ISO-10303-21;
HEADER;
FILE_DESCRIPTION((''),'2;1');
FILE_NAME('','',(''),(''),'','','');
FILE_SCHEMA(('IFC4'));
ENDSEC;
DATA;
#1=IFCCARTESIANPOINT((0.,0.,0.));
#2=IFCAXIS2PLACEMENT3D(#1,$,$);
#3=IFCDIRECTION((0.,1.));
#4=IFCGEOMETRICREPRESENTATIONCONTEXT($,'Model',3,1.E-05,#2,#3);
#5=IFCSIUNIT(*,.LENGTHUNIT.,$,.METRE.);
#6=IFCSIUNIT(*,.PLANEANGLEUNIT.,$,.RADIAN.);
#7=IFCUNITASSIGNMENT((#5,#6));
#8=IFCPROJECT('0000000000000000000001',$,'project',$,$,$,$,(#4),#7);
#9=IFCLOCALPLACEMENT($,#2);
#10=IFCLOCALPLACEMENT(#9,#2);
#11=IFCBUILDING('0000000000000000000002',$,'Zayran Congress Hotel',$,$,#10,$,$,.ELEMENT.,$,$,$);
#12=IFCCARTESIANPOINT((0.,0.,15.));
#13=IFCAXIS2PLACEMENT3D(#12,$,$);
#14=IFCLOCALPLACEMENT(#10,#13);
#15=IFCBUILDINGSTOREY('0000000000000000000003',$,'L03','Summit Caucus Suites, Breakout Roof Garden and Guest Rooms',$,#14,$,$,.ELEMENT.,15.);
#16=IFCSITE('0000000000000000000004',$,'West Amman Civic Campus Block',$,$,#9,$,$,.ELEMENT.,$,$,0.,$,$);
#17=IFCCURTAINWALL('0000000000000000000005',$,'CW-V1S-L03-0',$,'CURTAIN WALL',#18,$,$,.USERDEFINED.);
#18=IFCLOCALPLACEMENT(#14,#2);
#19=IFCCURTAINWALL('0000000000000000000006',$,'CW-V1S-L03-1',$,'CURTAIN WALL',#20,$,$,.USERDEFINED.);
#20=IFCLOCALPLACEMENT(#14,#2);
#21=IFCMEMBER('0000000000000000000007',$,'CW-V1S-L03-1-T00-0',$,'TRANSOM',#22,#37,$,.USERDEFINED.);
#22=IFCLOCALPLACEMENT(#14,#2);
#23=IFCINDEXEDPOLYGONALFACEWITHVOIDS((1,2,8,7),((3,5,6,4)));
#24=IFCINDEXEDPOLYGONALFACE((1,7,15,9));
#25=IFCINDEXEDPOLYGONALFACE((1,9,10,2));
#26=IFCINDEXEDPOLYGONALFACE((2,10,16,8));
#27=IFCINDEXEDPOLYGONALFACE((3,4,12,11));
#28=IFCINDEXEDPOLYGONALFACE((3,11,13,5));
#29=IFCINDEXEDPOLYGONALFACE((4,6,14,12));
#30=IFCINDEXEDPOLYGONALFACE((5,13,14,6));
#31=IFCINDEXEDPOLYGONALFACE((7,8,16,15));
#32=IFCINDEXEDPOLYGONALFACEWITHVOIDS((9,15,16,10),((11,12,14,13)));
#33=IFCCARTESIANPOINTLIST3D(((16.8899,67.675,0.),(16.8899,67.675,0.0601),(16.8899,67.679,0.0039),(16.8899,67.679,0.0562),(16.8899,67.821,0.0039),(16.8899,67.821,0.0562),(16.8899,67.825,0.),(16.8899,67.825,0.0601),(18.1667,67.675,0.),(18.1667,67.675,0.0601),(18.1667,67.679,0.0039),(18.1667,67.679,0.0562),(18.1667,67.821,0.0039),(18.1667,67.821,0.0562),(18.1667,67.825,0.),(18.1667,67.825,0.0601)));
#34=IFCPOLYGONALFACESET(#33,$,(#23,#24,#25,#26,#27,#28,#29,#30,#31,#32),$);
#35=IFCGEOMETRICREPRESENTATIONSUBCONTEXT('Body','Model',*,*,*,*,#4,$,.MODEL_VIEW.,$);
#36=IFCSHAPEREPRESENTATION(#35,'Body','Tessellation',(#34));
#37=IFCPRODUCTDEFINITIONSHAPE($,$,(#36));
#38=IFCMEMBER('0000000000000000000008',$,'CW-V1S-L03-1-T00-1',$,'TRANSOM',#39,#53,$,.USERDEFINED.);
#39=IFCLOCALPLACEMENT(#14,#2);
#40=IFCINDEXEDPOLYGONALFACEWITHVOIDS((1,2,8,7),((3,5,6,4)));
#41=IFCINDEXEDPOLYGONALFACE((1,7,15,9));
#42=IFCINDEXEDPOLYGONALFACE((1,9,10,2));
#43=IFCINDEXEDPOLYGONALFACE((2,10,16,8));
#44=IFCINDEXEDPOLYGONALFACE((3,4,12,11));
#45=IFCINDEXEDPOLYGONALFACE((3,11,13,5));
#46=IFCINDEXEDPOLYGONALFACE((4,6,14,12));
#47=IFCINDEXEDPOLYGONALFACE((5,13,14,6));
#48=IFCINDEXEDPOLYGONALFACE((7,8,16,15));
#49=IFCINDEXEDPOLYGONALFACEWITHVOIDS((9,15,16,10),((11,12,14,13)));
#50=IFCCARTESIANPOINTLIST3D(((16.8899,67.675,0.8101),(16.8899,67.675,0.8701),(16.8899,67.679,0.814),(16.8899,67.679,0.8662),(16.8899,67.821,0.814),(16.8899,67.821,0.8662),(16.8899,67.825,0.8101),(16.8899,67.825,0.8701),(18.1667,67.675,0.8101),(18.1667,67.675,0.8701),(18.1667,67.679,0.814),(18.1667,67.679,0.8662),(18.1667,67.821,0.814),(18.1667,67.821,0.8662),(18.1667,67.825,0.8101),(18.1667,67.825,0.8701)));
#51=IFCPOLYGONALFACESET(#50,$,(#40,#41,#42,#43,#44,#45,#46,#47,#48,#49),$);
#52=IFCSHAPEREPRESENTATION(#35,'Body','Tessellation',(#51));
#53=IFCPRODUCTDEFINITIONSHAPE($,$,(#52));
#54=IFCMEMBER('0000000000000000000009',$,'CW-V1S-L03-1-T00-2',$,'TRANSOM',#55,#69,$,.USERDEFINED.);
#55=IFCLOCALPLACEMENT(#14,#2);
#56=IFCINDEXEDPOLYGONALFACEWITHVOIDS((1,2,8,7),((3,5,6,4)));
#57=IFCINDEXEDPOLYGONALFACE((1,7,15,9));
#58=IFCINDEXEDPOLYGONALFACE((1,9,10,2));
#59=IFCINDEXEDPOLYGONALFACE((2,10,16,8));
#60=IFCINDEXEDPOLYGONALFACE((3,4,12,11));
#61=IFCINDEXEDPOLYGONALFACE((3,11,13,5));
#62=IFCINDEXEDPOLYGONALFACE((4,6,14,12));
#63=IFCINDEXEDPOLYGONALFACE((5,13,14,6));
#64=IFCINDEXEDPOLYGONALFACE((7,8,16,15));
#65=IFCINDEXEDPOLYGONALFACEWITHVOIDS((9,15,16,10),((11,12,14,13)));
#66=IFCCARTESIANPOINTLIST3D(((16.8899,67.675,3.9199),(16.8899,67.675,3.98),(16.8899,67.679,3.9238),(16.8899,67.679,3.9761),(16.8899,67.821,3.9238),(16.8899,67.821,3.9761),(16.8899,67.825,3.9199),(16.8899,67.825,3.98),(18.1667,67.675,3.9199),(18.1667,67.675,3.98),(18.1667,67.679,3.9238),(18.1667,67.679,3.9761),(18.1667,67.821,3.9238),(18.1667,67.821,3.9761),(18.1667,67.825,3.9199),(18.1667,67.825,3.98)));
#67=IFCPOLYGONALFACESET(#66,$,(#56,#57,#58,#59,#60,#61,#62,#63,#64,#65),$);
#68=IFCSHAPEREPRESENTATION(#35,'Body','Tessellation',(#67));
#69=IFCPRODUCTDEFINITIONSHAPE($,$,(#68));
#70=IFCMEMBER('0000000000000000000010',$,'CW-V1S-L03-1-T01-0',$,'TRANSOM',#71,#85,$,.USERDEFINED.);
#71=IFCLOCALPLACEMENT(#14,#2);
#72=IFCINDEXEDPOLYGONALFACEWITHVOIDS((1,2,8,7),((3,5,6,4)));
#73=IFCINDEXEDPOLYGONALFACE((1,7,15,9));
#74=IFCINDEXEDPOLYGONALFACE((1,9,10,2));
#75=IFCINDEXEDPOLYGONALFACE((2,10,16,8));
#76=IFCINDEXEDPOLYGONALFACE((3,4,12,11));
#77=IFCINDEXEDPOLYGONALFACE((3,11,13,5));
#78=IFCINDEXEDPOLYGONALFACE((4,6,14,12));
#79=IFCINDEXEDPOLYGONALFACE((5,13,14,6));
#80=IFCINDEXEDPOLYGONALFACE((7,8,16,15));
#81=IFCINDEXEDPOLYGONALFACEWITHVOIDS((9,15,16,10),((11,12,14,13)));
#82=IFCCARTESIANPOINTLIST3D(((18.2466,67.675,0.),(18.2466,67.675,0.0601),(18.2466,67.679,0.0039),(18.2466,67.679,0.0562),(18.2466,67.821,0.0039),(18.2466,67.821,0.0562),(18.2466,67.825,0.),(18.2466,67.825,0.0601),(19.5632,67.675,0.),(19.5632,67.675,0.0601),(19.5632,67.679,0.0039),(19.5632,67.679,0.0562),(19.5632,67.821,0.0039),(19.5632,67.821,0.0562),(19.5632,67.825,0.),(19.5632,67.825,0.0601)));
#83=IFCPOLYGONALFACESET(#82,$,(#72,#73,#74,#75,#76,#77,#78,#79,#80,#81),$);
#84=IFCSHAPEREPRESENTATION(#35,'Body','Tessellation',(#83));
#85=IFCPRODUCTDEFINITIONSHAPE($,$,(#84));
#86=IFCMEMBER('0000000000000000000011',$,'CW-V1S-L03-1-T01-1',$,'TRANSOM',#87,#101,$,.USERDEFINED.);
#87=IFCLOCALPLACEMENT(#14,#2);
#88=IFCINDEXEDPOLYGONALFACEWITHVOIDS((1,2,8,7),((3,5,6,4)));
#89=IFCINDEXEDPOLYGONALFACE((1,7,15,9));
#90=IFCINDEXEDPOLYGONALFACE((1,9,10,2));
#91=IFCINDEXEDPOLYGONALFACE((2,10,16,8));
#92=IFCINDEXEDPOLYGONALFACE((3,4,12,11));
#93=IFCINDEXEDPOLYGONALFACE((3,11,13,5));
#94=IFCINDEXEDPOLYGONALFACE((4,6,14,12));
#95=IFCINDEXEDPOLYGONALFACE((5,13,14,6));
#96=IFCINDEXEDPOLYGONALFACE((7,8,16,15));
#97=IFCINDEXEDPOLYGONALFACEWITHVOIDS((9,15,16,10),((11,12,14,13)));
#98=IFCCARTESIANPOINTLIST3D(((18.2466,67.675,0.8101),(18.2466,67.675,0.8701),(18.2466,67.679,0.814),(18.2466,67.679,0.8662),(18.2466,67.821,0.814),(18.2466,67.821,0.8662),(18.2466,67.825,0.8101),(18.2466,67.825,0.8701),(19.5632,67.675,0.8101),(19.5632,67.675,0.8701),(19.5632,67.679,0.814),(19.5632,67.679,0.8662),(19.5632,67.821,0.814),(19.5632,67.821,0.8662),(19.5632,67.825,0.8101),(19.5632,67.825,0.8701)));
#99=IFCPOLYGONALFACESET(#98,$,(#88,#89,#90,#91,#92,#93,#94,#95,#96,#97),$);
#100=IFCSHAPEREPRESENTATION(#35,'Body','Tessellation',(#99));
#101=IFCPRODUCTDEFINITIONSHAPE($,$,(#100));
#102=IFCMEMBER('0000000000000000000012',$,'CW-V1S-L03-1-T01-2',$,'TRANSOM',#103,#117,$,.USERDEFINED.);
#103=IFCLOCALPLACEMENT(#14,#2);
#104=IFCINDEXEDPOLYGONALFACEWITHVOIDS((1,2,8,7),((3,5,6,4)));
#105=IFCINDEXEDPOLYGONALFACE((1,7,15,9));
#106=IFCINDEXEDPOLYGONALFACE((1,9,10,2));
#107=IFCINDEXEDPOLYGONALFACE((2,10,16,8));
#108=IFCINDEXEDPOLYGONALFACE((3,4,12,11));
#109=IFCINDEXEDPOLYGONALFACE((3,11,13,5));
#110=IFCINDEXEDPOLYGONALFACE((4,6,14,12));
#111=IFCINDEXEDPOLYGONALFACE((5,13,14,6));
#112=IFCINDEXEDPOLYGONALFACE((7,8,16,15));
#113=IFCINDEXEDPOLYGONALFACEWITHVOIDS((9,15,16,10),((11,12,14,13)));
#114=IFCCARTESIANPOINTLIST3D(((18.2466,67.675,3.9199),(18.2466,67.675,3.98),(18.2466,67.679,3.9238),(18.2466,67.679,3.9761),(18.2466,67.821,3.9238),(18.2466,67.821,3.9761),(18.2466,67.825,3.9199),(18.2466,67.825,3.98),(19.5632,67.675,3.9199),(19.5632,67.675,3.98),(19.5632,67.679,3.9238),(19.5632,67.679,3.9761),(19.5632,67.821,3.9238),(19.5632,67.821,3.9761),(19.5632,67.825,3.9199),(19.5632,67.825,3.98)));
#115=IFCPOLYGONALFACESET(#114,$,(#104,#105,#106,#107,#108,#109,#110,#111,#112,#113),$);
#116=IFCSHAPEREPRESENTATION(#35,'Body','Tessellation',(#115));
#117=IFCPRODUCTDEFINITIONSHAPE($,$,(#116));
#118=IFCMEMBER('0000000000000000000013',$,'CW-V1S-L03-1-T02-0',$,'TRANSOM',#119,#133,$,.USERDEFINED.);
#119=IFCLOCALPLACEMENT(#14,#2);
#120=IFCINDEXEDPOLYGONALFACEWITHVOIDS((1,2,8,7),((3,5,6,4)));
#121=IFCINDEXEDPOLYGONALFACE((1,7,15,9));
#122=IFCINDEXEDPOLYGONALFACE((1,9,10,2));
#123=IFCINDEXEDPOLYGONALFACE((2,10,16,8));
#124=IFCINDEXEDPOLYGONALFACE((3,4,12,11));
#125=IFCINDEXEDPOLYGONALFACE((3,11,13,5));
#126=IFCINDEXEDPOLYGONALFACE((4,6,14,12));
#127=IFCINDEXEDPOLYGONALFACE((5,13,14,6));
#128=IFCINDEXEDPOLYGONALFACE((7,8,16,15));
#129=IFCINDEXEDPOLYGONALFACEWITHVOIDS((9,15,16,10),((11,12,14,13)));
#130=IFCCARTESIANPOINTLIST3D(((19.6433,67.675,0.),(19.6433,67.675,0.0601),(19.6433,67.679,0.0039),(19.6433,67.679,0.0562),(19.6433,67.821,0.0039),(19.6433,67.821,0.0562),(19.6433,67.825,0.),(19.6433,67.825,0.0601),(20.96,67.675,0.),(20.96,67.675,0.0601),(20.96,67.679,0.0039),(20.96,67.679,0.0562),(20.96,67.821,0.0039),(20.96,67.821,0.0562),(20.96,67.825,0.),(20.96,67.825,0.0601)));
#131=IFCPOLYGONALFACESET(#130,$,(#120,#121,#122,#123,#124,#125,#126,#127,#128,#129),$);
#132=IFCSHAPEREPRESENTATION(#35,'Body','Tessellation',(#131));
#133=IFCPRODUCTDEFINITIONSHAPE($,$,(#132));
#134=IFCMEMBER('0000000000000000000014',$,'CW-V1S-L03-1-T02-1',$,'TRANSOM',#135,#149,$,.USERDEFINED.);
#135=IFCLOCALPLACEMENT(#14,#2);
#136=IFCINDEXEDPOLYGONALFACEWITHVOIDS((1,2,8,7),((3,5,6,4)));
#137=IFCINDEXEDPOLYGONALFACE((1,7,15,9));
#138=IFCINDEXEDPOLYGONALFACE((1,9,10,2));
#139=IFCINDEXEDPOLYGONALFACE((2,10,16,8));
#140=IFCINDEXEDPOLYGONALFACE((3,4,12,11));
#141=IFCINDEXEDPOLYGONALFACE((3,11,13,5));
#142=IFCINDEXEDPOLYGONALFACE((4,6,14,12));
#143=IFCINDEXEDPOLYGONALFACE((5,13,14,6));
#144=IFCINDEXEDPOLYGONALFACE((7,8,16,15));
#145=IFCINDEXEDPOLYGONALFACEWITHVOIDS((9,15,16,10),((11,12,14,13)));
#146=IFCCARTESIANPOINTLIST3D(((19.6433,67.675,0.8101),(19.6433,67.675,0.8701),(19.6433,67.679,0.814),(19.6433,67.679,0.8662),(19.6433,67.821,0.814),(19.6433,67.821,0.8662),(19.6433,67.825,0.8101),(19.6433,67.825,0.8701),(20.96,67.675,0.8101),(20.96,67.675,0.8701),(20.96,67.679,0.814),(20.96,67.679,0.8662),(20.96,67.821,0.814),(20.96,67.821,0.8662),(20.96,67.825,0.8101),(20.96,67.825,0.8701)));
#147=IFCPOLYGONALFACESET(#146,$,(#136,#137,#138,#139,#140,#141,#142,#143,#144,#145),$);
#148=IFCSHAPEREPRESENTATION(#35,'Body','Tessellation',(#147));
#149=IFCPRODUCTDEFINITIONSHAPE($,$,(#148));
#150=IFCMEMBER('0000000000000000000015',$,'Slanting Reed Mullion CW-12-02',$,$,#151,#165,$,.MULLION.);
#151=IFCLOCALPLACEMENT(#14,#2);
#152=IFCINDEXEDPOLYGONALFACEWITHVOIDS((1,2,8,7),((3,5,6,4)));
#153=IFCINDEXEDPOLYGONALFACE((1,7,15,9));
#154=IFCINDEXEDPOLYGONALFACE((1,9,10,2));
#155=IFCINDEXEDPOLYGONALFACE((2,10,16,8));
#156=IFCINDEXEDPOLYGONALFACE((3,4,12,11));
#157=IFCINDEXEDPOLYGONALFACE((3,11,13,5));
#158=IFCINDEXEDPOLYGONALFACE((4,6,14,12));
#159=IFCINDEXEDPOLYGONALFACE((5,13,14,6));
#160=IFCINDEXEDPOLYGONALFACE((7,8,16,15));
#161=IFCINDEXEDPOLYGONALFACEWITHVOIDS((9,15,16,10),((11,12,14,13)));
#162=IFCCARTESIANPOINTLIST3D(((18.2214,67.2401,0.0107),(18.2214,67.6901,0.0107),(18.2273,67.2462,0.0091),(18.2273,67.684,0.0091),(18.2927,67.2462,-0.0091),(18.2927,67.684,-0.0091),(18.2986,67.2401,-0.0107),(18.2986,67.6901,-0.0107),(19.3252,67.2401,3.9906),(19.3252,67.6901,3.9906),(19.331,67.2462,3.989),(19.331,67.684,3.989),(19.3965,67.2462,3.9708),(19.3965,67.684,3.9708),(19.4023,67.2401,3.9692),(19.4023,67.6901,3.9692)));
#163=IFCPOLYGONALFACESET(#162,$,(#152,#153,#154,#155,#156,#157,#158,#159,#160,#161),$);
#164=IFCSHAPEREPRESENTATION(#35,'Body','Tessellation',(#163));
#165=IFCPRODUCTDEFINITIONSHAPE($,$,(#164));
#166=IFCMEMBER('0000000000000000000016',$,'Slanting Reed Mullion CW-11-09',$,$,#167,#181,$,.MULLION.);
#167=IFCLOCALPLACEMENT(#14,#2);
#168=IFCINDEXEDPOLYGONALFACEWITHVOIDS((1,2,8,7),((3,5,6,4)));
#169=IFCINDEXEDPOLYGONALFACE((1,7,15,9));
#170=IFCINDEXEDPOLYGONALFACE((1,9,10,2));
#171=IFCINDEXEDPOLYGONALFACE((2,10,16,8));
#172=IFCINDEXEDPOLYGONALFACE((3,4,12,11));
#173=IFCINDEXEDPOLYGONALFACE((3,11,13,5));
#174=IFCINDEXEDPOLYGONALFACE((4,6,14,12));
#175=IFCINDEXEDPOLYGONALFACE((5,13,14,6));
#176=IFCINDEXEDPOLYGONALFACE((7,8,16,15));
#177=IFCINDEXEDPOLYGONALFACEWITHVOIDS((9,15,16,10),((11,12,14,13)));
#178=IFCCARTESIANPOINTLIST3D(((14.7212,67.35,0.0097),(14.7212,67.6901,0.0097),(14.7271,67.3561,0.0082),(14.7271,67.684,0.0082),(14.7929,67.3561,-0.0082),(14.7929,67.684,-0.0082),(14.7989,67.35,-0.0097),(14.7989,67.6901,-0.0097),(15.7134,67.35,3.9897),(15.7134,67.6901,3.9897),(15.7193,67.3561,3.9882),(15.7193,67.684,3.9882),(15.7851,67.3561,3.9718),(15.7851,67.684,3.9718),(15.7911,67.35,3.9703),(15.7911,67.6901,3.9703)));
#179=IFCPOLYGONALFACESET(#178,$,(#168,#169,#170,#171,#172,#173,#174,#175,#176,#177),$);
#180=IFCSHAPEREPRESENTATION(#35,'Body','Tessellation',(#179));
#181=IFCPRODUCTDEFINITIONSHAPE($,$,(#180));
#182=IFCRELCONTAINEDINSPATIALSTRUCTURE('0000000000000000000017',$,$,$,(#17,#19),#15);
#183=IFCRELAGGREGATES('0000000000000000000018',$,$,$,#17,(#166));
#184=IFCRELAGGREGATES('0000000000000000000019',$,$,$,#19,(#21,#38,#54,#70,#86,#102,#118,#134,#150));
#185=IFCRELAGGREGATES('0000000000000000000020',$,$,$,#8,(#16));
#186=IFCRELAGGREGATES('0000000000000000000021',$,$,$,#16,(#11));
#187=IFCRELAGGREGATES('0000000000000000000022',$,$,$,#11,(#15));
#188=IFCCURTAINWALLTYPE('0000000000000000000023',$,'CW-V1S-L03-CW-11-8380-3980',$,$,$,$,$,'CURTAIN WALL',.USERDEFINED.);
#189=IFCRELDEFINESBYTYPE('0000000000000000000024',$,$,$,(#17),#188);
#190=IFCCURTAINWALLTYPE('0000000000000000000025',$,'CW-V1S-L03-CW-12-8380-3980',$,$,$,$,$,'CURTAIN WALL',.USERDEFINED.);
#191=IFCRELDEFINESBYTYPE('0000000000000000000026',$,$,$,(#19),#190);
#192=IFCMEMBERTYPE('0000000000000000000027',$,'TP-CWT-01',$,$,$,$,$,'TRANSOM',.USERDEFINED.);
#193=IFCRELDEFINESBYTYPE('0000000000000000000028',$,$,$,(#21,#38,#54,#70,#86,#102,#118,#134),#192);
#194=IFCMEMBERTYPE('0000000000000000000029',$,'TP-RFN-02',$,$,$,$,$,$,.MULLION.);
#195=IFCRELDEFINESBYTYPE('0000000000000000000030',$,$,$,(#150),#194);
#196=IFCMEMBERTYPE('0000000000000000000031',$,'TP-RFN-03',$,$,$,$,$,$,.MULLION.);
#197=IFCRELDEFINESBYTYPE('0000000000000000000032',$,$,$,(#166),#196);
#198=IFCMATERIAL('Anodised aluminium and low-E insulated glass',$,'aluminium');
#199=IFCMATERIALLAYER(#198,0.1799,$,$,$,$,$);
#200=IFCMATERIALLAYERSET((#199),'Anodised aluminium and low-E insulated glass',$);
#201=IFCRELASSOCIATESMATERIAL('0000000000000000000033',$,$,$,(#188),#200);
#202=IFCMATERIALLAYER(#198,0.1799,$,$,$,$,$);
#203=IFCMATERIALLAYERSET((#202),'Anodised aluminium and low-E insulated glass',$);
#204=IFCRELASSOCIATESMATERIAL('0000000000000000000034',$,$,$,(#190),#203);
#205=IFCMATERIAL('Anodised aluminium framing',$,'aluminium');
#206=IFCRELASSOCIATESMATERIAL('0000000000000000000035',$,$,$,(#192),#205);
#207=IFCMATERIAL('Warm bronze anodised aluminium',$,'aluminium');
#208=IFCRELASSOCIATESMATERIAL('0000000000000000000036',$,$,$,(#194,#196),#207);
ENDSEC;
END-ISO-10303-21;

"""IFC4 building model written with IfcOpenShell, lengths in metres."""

from ifc_helpers import new_model, si_unit, direction, frame, origin, origin_2d, place, context, subcontext, project, spatial, hollow_rectangle, extrude, material, layer, layer_set, material_profile, profile_set, type_object, element, aggregate, save


model = new_model("IFC4")

# Units and contexts
model_context = context("Model", 3, precision=1e-05, world=origin(), true_north=direction((0.0, 1.0)))
body_context = subcontext(model_context, "Body", "Model", "MODEL_VIEW")
ifc_project = project(units=[si_unit("LENGTHUNIT", "METRE"), si_unit("PLANEANGLEUNIT", "RADIAN")], contexts=[model_context])

# Site, building, storey
site_placement = place(None, origin())
site = spatial("IfcSite", under=ifc_project, at=site_placement, Name="West Amman Civic Campus Block", CompositionType="ELEMENT", RefElevation=0.0)
building_placement = place(site_placement, origin())
building = spatial("IfcBuilding", under=site, at=building_placement, Name="Zayran Congress Hotel", CompositionType="ELEMENT")
storey_placement = place(building_placement, frame((0.0, 0.0, 15.0)))
storey = spatial("IfcBuildingStorey", under=building, at=storey_placement, Name="L03", Description="Summit Caucus Suites, Breakout Roof Garden and Guest Rooms", CompositionType="ELEMENT", Elevation=15.0)

# Curtain walls
ifc_material_1 = material(Name="Anodised aluminium and low-E insulated glass", Category="aluminium")
ifc_layer_1 = layer(ifc_material_1, 0.1799)
ifc_layer_set_1 = layer_set([ifc_layer_1], Name="Anodised aluminium and low-E insulated glass")
curtain_wall_type_1 = type_object("IfcCurtainWallType", Name="CW-V1S-L03-CW-11-8380-3980", ElementType="CURTAIN WALL", PredefinedType="USERDEFINED", material=ifc_layer_set_1)
curtain_wall_1_placement = place(storey_placement, origin())
curtain_wall_1 = element("IfcCurtainWall", 1, at=curtain_wall_1_placement, inside=storey, type_object=curtain_wall_type_1, Name="CW-V1S-L03-0", ObjectType="CURTAIN WALL", PredefinedType="USERDEFINED")
ifc_material_2 = material(Name="Anodised aluminium framing", Category="aluminium")
ifc_layer_2 = layer(ifc_material_1, 0.1799)
ifc_layer_set_2 = layer_set([ifc_layer_2], Name="Anodised aluminium and low-E insulated glass")
curtain_wall_type_2 = type_object("IfcCurtainWallType", Name="CW-V1S-L03-CW-12-8380-3980", ElementType="CURTAIN WALL", PredefinedType="USERDEFINED", material=ifc_layer_set_2)
curtain_wall_2_placement = place(storey_placement, origin())
curtain_wall_2 = element("IfcCurtainWall", 2, at=curtain_wall_2_placement, inside=storey, type_object=curtain_wall_type_2, Name="CW-V1S-L03-1", ObjectType="CURTAIN WALL", PredefinedType="USERDEFINED")

# Members
ifc_material_profile_1 = material_profile(ifc_material_2, hollow_rectangle(XDim=0.0601, YDim=0.1499, WallThickness=0.0039, at=origin_2d()), Name="RHS 150x60x4")
ifc_profile_set_1 = profile_set([ifc_material_profile_1], Name="Anodised aluminium framing")
member_type_1 = type_object("IfcMemberType", Name="TP-CWT-01", ElementType="TRANSOM", PredefinedType="USERDEFINED", material=ifc_profile_set_1)
member_1_placement = place(storey_placement, frame((16.8899, 67.75, 0.03), z_axis=(1.0, 0.0, 0.0), x_axis=(0.0, 0.0, 1.0)))
member_1 = element("IfcMember", 3, at=member_1_placement, type_object=member_type_1, Name="CW-V1S-L03-1-T00-0", ObjectType="TRANSOM", PredefinedType="USERDEFINED", context=body_context, shape_type="SweptSolid", body=[
    extrude(hollow_rectangle(XDim=0.0601, YDim=0.1499, WallThickness=0.0039, at=origin_2d()), origin(), (0.0, 0.0, 1.0), 1.2769),
])
member_2_placement = place(storey_placement, frame((16.8899, 67.75, 0.8401), z_axis=(1.0, 0.0, 0.0), x_axis=(0.0, 0.0, 1.0)))
member_2 = element("IfcMember", 4, at=member_2_placement, type_object=member_type_1, Name="CW-V1S-L03-1-T00-1", ObjectType="TRANSOM", PredefinedType="USERDEFINED", context=body_context, shape_type="SweptSolid", body=[
    extrude(hollow_rectangle(XDim=0.0601, YDim=0.1499, WallThickness=0.0039, at=origin_2d()), origin(), (0.0, 0.0, 1.0), 1.2769),
])
member_3_placement = place(storey_placement, frame((16.8899, 67.75, 3.95), z_axis=(1.0, 0.0, 0.0), x_axis=(0.0, 0.0, 1.0)))
member_3 = element("IfcMember", 5, at=member_3_placement, type_object=member_type_1, Name="CW-V1S-L03-1-T00-2", ObjectType="TRANSOM", PredefinedType="USERDEFINED", context=body_context, shape_type="SweptSolid", body=[
    extrude(hollow_rectangle(XDim=0.0601, YDim=0.1499, WallThickness=0.0039, at=origin_2d()), origin(), (0.0, 0.0, 1.0), 1.2769),
])
member_4_placement = place(storey_placement, frame((18.2466, 67.75, 0.03), z_axis=(1.0, 0.0, 0.0), x_axis=(0.0, 0.0, 1.0)))
member_4 = element("IfcMember", 6, at=member_4_placement, type_object=member_type_1, Name="CW-V1S-L03-1-T01-0", ObjectType="TRANSOM", PredefinedType="USERDEFINED", context=body_context, shape_type="SweptSolid", body=[
    extrude(hollow_rectangle(XDim=0.0601, YDim=0.1499, WallThickness=0.0039, at=origin_2d()), origin(), (0.0, 0.0, 1.0), 1.3167),
])
member_5_placement = place(storey_placement, frame((18.2466, 67.75, 0.8401), z_axis=(1.0, 0.0, 0.0), x_axis=(0.0, 0.0, 1.0)))
member_5 = element("IfcMember", 7, at=member_5_placement, type_object=member_type_1, Name="CW-V1S-L03-1-T01-1", ObjectType="TRANSOM", PredefinedType="USERDEFINED", context=body_context, shape_type="SweptSolid", body=[
    extrude(hollow_rectangle(XDim=0.0601, YDim=0.1499, WallThickness=0.0039, at=origin_2d()), origin(), (0.0, 0.0, 1.0), 1.3167),
])
member_6_placement = place(storey_placement, frame((18.2466, 67.75, 3.95), z_axis=(1.0, 0.0, 0.0), x_axis=(0.0, 0.0, 1.0)))
member_6 = element("IfcMember", 8, at=member_6_placement, type_object=member_type_1, Name="CW-V1S-L03-1-T01-2", ObjectType="TRANSOM", PredefinedType="USERDEFINED", context=body_context, shape_type="SweptSolid", body=[
    extrude(hollow_rectangle(XDim=0.0601, YDim=0.1499, WallThickness=0.0039, at=origin_2d()), origin(), (0.0, 0.0, 1.0), 1.3167),
])
member_7_placement = place(storey_placement, frame((19.6433, 67.75, 0.03), z_axis=(1.0, 0.0, 0.0), x_axis=(0.0, 0.0, 1.0)))
member_7 = element("IfcMember", 9, at=member_7_placement, type_object=member_type_1, Name="CW-V1S-L03-1-T02-0", ObjectType="TRANSOM", PredefinedType="USERDEFINED", context=body_context, shape_type="SweptSolid", body=[
    extrude(hollow_rectangle(XDim=0.0601, YDim=0.1499, WallThickness=0.0039, at=origin_2d()), origin(), (0.0, 0.0, 1.0), 1.3167),
])
member_8_placement = place(storey_placement, frame((19.6433, 67.75, 0.8401), z_axis=(1.0, 0.0, 0.0), x_axis=(0.0, 0.0, 1.0)))
member_8 = element("IfcMember", 10, at=member_8_placement, type_object=member_type_1, Name="CW-V1S-L03-1-T02-1", ObjectType="TRANSOM", PredefinedType="USERDEFINED", context=body_context, shape_type="SweptSolid", body=[
    extrude(hollow_rectangle(XDim=0.0601, YDim=0.1499, WallThickness=0.0039, at=origin_2d()), origin(), (0.0, 0.0, 1.0), 1.3167),
])
ifc_material_3 = material(Name="Warm bronze anodised aluminium", Category="aluminium")
ifc_material_profile_2 = material_profile(ifc_material_3, hollow_rectangle(XDim=0.0801, YDim=0.45, WallThickness=0.0061, at=origin_2d()), Name="RHS 450x80x6")
ifc_profile_set_2 = profile_set([ifc_material_profile_2], Name="Warm bronze anodised aluminium")
member_type_2 = type_object("IfcMemberType", Name="TP-RFN-02", PredefinedType="MULLION", material=ifc_profile_set_2)
member_9_placement = place(storey_placement, frame((18.26, 67.4651, 0.0), z_axis=(0.267241, 0.0, 0.96363), x_axis=(-0.96363, 0.0, 0.267241)))
member_9 = element("IfcMember", 11, at=member_9_placement, type_object=member_type_2, Name="Slanting Reed Mullion CW-12-02", PredefinedType="MULLION", context=body_context, shape_type="SweptSolid", body=[
    extrude(hollow_rectangle(XDim=0.0801, YDim=0.45, WallThickness=0.0061, at=origin_2d()), origin(), (0.0, 0.0, 1.0), 4.1301),
])
ifc_material_profile_3 = material_profile(ifc_material_3, hollow_rectangle(XDim=0.0801, YDim=0.3401, WallThickness=0.0061, at=origin_2d()), Name="RHS 340x80x6")
ifc_profile_set_3 = profile_set([ifc_material_profile_3], Name="Warm bronze anodised aluminium")
member_type_3 = type_object("IfcMemberType", Name="TP-RFN-03", PredefinedType="MULLION", material=ifc_profile_set_3)
member_10_placement = place(storey_placement, frame((14.76, 67.52, 0.0), z_axis=(0.241891, 0.0, 0.970303), x_axis=(-0.970303, 0.0, 0.241891)))
member_10 = element("IfcMember", 12, at=member_10_placement, type_object=member_type_3, Name="Slanting Reed Mullion CW-11-09", PredefinedType="MULLION", context=body_context, shape_type="SweptSolid", body=[
    extrude(hollow_rectangle(XDim=0.0801, YDim=0.3401, WallThickness=0.0061, at=origin_2d()), origin(), (0.0, 0.0, 1.0), 4.1018),
])

aggregate(curtain_wall_1, [member_10])
aggregate(curtain_wall_2, [member_1, member_2, member_3, member_4, member_5, member_6, member_7, member_8, member_9])

save(model, "model.ifc")
